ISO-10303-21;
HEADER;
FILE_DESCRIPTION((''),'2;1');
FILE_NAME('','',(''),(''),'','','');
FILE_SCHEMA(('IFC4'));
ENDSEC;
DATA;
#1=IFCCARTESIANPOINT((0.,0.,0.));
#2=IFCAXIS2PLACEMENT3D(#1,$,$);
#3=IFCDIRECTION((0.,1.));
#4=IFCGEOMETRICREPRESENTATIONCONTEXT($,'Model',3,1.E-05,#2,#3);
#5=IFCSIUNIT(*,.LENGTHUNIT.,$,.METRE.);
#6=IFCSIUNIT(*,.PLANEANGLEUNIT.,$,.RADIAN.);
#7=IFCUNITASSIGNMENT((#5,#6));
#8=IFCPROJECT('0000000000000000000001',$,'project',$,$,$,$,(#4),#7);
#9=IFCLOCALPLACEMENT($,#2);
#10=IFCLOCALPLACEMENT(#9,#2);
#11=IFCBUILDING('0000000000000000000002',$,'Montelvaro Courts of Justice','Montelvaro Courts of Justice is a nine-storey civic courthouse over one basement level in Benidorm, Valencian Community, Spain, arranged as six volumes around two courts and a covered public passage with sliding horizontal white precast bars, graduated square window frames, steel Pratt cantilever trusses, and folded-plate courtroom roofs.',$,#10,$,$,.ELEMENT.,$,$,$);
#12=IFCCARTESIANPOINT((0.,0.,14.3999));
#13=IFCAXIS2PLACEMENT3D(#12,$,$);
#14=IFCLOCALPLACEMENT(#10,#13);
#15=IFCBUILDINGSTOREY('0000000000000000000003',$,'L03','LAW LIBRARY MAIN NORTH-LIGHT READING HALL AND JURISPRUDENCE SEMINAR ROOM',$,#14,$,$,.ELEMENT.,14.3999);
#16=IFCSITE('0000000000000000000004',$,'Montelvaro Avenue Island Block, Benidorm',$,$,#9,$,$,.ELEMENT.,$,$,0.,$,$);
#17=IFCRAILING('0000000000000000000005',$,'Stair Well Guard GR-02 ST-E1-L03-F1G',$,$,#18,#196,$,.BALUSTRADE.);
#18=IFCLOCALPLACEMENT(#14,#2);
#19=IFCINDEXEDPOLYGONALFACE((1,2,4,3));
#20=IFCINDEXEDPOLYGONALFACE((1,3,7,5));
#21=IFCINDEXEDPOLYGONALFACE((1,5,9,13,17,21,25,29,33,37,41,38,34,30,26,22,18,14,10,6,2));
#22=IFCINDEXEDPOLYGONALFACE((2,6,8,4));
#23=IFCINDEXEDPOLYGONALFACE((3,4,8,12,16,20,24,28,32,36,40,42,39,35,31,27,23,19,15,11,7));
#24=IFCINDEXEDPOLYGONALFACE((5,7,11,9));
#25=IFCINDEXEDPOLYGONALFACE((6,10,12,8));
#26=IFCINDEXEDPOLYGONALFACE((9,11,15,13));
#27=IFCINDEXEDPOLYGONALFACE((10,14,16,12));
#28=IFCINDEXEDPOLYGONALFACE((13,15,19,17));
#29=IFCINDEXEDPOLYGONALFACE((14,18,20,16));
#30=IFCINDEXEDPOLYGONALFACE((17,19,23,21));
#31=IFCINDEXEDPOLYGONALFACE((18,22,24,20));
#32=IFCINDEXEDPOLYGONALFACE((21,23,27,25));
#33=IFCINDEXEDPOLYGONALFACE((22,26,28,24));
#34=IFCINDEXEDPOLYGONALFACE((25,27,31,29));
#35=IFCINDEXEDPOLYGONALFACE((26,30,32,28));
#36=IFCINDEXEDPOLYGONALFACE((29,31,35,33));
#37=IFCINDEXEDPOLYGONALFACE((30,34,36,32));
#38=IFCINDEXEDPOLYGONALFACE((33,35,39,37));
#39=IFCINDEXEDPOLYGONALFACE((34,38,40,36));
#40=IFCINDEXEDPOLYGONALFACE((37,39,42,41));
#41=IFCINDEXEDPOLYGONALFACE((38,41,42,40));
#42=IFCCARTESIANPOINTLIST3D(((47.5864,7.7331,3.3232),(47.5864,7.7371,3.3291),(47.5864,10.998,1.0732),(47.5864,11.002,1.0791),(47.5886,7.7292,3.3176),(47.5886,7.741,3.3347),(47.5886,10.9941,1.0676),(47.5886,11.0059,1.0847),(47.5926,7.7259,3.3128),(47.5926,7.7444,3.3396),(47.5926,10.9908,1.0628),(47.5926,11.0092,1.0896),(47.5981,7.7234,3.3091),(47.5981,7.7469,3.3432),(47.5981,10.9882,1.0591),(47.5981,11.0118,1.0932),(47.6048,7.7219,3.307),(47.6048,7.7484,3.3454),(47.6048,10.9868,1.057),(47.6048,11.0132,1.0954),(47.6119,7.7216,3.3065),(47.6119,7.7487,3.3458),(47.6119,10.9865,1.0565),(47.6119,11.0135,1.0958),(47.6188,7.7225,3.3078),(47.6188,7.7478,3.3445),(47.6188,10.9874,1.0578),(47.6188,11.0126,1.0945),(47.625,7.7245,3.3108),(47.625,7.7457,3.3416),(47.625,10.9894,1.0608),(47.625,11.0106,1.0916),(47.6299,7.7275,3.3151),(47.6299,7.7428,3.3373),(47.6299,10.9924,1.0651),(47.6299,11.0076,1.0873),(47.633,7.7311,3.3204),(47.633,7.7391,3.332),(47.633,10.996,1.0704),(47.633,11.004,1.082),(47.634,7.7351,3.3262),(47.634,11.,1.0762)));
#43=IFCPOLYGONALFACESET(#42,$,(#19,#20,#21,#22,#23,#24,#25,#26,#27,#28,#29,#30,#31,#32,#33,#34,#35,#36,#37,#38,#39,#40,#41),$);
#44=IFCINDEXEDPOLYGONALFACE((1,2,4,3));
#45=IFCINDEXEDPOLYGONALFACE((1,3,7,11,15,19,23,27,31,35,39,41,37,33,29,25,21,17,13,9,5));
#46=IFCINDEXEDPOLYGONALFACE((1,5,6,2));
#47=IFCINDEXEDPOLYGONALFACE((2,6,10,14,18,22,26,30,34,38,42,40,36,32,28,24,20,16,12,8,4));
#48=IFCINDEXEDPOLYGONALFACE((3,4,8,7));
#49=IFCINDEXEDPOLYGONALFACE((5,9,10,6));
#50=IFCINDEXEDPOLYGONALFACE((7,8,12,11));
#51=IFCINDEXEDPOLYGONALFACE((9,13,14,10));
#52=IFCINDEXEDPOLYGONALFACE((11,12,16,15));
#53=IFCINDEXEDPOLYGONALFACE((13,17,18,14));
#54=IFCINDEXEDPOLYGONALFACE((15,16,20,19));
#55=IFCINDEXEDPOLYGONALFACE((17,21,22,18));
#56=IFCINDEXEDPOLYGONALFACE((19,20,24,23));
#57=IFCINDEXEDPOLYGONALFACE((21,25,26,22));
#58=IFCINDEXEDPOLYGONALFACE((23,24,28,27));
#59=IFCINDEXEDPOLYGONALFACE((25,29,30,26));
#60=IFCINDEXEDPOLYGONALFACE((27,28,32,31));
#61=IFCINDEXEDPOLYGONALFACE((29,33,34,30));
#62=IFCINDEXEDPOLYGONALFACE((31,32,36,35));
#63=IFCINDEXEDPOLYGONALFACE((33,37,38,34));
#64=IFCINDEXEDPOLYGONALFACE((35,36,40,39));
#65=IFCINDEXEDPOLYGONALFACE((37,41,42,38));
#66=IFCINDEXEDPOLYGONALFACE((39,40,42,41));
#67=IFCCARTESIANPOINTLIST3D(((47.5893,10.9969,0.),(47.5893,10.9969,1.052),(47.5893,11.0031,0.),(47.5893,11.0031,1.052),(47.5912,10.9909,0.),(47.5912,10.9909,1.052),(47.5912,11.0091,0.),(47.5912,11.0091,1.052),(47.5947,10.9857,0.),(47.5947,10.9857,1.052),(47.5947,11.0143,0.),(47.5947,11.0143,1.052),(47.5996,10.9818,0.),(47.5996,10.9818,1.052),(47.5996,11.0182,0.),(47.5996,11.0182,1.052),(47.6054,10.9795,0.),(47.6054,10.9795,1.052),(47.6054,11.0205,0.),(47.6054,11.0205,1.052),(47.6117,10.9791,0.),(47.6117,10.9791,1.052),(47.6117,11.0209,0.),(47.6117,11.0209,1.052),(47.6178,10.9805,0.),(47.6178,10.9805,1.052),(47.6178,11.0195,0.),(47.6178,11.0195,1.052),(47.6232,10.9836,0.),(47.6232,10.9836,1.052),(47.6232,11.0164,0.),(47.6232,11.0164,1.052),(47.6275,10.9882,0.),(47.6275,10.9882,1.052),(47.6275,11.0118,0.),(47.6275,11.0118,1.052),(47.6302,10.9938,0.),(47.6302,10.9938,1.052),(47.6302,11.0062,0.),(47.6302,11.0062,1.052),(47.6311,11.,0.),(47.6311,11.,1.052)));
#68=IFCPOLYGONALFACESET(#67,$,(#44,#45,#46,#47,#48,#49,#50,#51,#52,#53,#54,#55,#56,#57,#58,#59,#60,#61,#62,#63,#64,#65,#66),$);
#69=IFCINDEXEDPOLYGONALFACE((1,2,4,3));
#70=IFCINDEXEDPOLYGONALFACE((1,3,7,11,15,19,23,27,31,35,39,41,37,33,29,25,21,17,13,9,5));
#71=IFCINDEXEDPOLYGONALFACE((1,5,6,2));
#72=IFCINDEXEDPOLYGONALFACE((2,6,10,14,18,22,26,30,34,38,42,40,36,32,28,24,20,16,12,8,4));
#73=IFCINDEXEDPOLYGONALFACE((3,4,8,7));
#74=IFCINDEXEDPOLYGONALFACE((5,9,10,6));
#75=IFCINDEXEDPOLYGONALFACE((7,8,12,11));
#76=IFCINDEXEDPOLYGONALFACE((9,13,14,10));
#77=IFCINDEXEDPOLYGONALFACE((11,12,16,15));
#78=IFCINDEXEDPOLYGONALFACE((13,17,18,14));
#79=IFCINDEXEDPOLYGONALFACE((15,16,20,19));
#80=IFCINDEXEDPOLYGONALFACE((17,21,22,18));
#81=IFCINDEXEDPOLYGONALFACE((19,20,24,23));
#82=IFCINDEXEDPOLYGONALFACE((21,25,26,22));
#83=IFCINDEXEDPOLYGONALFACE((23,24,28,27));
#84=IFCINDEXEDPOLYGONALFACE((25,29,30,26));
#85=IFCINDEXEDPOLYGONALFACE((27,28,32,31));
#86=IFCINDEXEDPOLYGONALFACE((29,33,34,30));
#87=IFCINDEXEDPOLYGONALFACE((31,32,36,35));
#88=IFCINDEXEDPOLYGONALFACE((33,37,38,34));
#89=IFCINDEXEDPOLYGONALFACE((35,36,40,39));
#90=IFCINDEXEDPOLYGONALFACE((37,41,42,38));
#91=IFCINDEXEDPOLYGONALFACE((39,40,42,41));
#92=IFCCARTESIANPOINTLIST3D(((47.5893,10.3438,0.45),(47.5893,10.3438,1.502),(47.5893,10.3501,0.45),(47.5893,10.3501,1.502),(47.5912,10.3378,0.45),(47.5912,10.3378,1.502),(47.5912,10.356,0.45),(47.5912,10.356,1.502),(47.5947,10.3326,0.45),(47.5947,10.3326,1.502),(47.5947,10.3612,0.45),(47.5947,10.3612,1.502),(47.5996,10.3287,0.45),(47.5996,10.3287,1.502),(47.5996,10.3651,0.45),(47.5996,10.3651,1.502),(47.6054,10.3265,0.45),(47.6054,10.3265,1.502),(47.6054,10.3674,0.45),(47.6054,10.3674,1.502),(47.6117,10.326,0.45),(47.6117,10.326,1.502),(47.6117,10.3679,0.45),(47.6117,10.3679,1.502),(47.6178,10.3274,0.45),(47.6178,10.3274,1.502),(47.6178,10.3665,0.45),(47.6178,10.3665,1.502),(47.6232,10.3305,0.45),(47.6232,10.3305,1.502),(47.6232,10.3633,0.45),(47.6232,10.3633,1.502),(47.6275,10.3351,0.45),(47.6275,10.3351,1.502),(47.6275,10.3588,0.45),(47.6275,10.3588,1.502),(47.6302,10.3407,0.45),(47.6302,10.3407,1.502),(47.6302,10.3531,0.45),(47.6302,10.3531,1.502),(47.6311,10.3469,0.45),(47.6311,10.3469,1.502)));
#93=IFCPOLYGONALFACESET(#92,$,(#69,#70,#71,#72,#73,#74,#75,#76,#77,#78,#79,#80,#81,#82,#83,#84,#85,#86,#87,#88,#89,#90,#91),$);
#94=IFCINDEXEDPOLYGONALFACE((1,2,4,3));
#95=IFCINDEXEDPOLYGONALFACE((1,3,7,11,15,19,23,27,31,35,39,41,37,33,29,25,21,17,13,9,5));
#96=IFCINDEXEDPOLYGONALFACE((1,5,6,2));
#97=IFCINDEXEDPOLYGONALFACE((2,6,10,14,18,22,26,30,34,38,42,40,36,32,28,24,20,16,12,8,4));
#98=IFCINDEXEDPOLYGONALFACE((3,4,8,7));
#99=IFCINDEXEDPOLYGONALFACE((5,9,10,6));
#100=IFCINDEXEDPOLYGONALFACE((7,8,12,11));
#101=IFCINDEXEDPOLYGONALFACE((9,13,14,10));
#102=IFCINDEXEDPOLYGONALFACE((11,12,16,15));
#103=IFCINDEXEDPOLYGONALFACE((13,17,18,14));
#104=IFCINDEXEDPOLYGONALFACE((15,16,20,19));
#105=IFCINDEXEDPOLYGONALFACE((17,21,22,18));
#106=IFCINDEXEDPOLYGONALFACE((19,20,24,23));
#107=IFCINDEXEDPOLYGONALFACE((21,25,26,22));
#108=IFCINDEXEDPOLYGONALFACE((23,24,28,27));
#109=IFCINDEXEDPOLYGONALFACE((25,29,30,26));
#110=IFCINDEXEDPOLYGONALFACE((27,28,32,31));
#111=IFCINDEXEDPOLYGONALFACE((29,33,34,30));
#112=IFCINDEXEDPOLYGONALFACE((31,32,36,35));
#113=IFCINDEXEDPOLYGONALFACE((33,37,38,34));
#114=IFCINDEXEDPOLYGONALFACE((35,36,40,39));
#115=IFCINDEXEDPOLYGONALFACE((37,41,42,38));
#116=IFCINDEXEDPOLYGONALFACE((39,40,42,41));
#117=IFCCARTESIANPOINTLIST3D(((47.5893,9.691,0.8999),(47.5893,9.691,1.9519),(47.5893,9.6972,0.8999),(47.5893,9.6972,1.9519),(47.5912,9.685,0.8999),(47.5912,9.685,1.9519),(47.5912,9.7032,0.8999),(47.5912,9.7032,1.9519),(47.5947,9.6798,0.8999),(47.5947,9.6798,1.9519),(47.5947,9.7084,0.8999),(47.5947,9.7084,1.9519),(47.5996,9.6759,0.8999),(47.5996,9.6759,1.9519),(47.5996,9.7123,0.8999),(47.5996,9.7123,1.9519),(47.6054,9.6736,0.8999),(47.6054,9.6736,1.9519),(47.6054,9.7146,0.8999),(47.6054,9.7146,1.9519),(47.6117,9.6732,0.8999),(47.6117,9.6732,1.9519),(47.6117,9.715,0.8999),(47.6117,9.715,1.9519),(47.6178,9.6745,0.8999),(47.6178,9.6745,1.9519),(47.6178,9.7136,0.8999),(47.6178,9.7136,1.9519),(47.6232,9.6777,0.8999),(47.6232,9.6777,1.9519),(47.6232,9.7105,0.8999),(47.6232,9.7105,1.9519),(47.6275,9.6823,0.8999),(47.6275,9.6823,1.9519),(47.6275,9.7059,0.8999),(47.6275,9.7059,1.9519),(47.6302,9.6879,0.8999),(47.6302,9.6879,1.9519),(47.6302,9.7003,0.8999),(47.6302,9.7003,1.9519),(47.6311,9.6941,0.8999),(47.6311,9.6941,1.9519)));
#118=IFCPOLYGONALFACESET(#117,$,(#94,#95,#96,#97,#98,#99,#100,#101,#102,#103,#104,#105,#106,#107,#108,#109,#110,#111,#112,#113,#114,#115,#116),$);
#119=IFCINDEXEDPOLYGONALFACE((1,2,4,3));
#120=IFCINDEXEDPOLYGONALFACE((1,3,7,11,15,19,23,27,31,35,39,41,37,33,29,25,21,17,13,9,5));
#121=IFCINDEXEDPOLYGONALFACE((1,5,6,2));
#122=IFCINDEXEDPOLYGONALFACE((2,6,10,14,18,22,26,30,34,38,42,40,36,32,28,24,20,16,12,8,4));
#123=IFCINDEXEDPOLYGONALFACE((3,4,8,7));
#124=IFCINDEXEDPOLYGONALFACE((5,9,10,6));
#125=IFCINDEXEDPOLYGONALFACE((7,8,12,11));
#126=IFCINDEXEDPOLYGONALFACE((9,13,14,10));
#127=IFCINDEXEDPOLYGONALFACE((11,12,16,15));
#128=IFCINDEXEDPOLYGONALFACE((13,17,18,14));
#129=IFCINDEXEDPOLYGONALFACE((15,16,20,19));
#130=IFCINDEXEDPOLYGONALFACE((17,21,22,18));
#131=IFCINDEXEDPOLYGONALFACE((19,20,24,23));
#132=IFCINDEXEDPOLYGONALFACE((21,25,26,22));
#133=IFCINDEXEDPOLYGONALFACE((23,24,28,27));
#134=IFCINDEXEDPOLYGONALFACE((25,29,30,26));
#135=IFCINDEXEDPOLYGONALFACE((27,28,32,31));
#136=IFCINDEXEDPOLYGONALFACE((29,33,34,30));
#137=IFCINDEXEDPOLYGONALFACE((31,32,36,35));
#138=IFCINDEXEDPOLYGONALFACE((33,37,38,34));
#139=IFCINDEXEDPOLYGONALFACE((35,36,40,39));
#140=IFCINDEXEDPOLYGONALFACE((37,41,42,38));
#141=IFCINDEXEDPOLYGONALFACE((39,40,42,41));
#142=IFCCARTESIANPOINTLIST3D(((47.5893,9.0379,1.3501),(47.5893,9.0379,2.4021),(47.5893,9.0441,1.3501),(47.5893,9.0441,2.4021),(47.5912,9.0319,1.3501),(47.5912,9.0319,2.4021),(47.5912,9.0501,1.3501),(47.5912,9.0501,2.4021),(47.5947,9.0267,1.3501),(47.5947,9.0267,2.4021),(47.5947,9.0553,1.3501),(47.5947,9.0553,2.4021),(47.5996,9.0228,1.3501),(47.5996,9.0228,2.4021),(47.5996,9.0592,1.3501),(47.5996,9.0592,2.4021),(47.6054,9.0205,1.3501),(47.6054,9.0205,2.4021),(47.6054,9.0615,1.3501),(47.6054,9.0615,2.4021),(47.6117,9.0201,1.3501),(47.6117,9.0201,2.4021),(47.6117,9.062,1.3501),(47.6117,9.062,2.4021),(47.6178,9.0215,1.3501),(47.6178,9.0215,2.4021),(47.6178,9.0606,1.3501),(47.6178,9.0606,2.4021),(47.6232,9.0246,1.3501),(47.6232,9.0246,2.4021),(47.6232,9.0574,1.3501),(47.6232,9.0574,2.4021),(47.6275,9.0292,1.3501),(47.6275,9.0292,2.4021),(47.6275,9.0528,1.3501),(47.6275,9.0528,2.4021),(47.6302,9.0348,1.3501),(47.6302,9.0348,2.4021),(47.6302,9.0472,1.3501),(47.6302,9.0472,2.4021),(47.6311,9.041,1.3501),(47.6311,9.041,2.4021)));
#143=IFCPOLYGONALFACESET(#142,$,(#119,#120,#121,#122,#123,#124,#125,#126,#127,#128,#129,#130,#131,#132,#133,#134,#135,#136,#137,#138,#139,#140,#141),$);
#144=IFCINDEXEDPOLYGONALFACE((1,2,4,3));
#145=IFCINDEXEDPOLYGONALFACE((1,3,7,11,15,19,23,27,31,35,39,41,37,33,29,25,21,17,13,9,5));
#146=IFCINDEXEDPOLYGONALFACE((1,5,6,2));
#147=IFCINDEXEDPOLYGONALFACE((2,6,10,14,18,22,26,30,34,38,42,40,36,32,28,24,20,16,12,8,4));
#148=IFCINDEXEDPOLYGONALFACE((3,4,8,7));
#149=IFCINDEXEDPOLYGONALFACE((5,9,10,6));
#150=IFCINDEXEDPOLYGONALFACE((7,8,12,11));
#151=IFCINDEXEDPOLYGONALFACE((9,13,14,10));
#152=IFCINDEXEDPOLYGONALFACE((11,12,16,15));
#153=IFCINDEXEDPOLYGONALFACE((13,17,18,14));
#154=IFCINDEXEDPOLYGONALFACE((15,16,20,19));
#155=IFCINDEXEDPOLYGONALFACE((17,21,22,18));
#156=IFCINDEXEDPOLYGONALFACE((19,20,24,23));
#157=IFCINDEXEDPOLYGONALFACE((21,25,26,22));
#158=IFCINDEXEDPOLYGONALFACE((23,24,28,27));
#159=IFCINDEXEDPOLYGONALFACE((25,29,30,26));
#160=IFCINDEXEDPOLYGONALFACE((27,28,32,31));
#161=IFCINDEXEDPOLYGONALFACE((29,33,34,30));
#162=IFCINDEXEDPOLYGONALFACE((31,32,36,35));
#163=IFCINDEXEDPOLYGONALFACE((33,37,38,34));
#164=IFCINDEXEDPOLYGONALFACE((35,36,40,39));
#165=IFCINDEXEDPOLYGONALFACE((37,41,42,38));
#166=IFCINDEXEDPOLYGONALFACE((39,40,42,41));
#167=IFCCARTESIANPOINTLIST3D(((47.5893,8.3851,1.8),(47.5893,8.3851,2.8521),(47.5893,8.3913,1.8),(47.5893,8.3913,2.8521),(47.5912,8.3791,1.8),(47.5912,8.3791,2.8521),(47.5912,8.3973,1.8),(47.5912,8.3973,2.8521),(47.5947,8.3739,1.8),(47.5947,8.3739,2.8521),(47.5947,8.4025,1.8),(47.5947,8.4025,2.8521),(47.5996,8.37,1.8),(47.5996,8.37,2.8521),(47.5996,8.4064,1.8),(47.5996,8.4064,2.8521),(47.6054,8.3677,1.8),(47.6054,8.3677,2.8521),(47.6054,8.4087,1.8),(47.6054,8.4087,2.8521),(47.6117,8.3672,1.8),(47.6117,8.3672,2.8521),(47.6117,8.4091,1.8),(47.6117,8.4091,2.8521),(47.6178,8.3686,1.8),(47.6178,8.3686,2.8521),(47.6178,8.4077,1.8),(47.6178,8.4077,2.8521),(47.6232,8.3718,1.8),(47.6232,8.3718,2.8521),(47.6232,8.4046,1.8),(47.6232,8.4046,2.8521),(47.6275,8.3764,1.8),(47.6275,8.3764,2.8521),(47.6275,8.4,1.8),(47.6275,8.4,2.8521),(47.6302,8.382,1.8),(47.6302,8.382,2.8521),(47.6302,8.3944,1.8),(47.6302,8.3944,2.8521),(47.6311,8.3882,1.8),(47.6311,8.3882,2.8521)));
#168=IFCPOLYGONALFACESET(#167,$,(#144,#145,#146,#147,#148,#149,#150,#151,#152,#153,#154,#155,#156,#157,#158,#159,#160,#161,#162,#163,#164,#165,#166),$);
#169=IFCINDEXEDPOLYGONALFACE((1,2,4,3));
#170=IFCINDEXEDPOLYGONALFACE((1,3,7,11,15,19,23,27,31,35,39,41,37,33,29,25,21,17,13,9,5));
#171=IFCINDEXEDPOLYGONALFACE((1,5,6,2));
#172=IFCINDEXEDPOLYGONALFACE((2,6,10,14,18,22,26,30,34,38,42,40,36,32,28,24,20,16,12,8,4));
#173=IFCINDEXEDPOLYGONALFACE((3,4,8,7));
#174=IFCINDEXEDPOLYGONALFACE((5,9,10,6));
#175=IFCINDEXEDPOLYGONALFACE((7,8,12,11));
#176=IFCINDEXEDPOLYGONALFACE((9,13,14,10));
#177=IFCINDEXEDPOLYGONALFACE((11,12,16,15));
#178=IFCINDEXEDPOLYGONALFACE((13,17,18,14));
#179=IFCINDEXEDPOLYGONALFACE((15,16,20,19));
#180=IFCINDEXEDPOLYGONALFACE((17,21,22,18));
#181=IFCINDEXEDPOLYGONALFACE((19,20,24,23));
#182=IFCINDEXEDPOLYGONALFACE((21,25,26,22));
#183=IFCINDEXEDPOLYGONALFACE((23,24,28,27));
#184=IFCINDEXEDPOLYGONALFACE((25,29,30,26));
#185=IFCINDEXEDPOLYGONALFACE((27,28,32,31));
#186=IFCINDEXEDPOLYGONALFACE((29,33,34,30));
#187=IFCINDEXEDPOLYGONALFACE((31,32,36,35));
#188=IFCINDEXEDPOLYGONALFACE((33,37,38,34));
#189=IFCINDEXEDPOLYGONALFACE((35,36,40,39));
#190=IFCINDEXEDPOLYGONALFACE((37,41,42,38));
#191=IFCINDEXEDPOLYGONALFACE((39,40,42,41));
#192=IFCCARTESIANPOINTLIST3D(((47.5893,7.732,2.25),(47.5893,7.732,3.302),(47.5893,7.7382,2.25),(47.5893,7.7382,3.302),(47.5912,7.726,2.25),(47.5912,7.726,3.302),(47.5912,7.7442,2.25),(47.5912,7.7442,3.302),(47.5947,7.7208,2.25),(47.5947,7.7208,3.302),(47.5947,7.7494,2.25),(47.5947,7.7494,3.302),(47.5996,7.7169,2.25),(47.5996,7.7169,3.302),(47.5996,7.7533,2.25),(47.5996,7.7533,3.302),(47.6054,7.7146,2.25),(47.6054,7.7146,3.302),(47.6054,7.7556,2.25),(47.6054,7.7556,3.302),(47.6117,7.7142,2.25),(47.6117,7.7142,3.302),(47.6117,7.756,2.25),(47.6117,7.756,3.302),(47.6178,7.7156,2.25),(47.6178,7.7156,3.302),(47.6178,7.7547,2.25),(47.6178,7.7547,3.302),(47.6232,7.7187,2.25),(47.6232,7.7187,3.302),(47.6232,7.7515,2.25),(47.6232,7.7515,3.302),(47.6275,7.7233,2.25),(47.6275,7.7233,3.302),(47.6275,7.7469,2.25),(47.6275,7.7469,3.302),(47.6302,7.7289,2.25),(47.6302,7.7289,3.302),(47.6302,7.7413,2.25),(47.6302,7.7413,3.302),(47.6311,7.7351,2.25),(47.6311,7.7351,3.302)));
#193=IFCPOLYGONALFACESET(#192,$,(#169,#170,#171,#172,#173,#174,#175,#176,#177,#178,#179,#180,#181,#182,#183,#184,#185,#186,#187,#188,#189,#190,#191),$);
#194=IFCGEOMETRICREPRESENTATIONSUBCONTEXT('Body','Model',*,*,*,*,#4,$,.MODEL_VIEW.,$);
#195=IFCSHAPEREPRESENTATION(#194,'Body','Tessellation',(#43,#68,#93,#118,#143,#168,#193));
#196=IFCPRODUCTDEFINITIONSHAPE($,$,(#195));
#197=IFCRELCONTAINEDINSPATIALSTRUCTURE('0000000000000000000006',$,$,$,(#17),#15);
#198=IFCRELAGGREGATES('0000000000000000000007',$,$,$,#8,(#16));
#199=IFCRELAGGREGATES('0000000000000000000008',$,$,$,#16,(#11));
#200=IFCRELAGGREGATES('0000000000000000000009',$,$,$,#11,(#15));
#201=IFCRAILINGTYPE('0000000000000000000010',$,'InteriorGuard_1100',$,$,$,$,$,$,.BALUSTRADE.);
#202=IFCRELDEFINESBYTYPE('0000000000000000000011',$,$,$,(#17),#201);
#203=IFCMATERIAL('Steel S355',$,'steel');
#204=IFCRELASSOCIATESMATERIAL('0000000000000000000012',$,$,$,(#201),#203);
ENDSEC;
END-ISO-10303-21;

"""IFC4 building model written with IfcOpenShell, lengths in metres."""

from ifc_helpers import new_model, si_unit, direction, frame, origin, origin_2d, place, context, subcontext, project, spatial, circle, extrude, material, type_object, element, save


model = new_model("IFC4")

# Units and contexts
model_context = context("Model", 3, precision=1e-05, world=origin(), true_north=direction((0.0, 1.0)))
body_context = subcontext(model_context, "Body", "Model", "MODEL_VIEW")
ifc_project = project(units=[si_unit("LENGTHUNIT", "METRE"), si_unit("PLANEANGLEUNIT", "RADIAN")], contexts=[model_context])

# Site, building, storey
site_placement = place(None, origin())
site = spatial("IfcSite", under=ifc_project, at=site_placement, Name="Montelvaro Avenue Island Block, Benidorm", CompositionType="ELEMENT", RefElevation=0.0)
building_placement = place(site_placement, origin())
building = spatial("IfcBuilding", under=site, at=building_placement, Name="Montelvaro Courts of Justice", Description="Montelvaro Courts of Justice is a nine-storey civic courthouse over one basement level in Benidorm, Valencian Community, Spain, arranged as six volumes around two courts and a covered public passage with sliding horizontal white precast bars, graduated square window frames, steel Pratt cantilever trusses, and folded-plate courtroom roofs.", CompositionType="ELEMENT")
storey_placement = place(building_placement, frame((0.0, 0.0, 14.3999)))
storey = spatial("IfcBuildingStorey", under=building, at=storey_placement, Name="L03", Description="LAW LIBRARY MAIN NORTH-LIGHT READING HALL AND JURISPRUDENCE SEMINAR ROOM", CompositionType="ELEMENT", Elevation=14.3999)

# Shared definitions
ifc_material_1 = material(Name="Steel S355", Category="steel")

# Railing
railing_type_1 = type_object("IfcRailingType", Name="InteriorGuard_1100", PredefinedType="BALUSTRADE", material=ifc_material_1)
railing_1_placement = place(storey_placement, frame((47.6101, 11.0, 0.0)))
element("IfcRailing", 1, at=railing_1_placement, inside=storey, type_object=railing_type_1, Name="Stair Well Guard GR-02 ST-E1-L03-F1G", PredefinedType="BALUSTRADE", context=body_context, shape_type="SweptSolid", body=[
    extrude(circle(Radius=0.0239, at=origin_2d()), frame((0.0, 0.0, 1.0762), z_axis=(0.0, -0.823407, 0.567451), x_axis=(1.0, 0.0, 0.0)), (0.0, 0.0, 1.0), 3.9651),
    extrude(circle(Radius=0.021, at=origin_2d()), origin(), (0.0, 0.0, 1.0), 1.052),
    extrude(circle(Radius=0.021, at=origin_2d()), frame((0.0, -0.6531, 0.45)), (0.0, 0.0, 1.0), 1.052),
    extrude(circle(Radius=0.021, at=origin_2d()), frame((0.0, -1.3059, 0.8999)), (0.0, 0.0, 1.0), 1.052),
    extrude(circle(Radius=0.021, at=origin_2d()), frame((0.0, -1.959, 1.3501)), (0.0, 0.0, 1.0), 1.052),
    extrude(circle(Radius=0.021, at=origin_2d()), frame((0.0, -2.6118, 1.8)), (0.0, 0.0, 1.0), 1.052),
    extrude(circle(Radius=0.021, at=origin_2d()), frame((0.0, -3.2649, 2.25)), (0.0, 0.0, 1.0), 1.052),
])

save(model, "model.ifc")
